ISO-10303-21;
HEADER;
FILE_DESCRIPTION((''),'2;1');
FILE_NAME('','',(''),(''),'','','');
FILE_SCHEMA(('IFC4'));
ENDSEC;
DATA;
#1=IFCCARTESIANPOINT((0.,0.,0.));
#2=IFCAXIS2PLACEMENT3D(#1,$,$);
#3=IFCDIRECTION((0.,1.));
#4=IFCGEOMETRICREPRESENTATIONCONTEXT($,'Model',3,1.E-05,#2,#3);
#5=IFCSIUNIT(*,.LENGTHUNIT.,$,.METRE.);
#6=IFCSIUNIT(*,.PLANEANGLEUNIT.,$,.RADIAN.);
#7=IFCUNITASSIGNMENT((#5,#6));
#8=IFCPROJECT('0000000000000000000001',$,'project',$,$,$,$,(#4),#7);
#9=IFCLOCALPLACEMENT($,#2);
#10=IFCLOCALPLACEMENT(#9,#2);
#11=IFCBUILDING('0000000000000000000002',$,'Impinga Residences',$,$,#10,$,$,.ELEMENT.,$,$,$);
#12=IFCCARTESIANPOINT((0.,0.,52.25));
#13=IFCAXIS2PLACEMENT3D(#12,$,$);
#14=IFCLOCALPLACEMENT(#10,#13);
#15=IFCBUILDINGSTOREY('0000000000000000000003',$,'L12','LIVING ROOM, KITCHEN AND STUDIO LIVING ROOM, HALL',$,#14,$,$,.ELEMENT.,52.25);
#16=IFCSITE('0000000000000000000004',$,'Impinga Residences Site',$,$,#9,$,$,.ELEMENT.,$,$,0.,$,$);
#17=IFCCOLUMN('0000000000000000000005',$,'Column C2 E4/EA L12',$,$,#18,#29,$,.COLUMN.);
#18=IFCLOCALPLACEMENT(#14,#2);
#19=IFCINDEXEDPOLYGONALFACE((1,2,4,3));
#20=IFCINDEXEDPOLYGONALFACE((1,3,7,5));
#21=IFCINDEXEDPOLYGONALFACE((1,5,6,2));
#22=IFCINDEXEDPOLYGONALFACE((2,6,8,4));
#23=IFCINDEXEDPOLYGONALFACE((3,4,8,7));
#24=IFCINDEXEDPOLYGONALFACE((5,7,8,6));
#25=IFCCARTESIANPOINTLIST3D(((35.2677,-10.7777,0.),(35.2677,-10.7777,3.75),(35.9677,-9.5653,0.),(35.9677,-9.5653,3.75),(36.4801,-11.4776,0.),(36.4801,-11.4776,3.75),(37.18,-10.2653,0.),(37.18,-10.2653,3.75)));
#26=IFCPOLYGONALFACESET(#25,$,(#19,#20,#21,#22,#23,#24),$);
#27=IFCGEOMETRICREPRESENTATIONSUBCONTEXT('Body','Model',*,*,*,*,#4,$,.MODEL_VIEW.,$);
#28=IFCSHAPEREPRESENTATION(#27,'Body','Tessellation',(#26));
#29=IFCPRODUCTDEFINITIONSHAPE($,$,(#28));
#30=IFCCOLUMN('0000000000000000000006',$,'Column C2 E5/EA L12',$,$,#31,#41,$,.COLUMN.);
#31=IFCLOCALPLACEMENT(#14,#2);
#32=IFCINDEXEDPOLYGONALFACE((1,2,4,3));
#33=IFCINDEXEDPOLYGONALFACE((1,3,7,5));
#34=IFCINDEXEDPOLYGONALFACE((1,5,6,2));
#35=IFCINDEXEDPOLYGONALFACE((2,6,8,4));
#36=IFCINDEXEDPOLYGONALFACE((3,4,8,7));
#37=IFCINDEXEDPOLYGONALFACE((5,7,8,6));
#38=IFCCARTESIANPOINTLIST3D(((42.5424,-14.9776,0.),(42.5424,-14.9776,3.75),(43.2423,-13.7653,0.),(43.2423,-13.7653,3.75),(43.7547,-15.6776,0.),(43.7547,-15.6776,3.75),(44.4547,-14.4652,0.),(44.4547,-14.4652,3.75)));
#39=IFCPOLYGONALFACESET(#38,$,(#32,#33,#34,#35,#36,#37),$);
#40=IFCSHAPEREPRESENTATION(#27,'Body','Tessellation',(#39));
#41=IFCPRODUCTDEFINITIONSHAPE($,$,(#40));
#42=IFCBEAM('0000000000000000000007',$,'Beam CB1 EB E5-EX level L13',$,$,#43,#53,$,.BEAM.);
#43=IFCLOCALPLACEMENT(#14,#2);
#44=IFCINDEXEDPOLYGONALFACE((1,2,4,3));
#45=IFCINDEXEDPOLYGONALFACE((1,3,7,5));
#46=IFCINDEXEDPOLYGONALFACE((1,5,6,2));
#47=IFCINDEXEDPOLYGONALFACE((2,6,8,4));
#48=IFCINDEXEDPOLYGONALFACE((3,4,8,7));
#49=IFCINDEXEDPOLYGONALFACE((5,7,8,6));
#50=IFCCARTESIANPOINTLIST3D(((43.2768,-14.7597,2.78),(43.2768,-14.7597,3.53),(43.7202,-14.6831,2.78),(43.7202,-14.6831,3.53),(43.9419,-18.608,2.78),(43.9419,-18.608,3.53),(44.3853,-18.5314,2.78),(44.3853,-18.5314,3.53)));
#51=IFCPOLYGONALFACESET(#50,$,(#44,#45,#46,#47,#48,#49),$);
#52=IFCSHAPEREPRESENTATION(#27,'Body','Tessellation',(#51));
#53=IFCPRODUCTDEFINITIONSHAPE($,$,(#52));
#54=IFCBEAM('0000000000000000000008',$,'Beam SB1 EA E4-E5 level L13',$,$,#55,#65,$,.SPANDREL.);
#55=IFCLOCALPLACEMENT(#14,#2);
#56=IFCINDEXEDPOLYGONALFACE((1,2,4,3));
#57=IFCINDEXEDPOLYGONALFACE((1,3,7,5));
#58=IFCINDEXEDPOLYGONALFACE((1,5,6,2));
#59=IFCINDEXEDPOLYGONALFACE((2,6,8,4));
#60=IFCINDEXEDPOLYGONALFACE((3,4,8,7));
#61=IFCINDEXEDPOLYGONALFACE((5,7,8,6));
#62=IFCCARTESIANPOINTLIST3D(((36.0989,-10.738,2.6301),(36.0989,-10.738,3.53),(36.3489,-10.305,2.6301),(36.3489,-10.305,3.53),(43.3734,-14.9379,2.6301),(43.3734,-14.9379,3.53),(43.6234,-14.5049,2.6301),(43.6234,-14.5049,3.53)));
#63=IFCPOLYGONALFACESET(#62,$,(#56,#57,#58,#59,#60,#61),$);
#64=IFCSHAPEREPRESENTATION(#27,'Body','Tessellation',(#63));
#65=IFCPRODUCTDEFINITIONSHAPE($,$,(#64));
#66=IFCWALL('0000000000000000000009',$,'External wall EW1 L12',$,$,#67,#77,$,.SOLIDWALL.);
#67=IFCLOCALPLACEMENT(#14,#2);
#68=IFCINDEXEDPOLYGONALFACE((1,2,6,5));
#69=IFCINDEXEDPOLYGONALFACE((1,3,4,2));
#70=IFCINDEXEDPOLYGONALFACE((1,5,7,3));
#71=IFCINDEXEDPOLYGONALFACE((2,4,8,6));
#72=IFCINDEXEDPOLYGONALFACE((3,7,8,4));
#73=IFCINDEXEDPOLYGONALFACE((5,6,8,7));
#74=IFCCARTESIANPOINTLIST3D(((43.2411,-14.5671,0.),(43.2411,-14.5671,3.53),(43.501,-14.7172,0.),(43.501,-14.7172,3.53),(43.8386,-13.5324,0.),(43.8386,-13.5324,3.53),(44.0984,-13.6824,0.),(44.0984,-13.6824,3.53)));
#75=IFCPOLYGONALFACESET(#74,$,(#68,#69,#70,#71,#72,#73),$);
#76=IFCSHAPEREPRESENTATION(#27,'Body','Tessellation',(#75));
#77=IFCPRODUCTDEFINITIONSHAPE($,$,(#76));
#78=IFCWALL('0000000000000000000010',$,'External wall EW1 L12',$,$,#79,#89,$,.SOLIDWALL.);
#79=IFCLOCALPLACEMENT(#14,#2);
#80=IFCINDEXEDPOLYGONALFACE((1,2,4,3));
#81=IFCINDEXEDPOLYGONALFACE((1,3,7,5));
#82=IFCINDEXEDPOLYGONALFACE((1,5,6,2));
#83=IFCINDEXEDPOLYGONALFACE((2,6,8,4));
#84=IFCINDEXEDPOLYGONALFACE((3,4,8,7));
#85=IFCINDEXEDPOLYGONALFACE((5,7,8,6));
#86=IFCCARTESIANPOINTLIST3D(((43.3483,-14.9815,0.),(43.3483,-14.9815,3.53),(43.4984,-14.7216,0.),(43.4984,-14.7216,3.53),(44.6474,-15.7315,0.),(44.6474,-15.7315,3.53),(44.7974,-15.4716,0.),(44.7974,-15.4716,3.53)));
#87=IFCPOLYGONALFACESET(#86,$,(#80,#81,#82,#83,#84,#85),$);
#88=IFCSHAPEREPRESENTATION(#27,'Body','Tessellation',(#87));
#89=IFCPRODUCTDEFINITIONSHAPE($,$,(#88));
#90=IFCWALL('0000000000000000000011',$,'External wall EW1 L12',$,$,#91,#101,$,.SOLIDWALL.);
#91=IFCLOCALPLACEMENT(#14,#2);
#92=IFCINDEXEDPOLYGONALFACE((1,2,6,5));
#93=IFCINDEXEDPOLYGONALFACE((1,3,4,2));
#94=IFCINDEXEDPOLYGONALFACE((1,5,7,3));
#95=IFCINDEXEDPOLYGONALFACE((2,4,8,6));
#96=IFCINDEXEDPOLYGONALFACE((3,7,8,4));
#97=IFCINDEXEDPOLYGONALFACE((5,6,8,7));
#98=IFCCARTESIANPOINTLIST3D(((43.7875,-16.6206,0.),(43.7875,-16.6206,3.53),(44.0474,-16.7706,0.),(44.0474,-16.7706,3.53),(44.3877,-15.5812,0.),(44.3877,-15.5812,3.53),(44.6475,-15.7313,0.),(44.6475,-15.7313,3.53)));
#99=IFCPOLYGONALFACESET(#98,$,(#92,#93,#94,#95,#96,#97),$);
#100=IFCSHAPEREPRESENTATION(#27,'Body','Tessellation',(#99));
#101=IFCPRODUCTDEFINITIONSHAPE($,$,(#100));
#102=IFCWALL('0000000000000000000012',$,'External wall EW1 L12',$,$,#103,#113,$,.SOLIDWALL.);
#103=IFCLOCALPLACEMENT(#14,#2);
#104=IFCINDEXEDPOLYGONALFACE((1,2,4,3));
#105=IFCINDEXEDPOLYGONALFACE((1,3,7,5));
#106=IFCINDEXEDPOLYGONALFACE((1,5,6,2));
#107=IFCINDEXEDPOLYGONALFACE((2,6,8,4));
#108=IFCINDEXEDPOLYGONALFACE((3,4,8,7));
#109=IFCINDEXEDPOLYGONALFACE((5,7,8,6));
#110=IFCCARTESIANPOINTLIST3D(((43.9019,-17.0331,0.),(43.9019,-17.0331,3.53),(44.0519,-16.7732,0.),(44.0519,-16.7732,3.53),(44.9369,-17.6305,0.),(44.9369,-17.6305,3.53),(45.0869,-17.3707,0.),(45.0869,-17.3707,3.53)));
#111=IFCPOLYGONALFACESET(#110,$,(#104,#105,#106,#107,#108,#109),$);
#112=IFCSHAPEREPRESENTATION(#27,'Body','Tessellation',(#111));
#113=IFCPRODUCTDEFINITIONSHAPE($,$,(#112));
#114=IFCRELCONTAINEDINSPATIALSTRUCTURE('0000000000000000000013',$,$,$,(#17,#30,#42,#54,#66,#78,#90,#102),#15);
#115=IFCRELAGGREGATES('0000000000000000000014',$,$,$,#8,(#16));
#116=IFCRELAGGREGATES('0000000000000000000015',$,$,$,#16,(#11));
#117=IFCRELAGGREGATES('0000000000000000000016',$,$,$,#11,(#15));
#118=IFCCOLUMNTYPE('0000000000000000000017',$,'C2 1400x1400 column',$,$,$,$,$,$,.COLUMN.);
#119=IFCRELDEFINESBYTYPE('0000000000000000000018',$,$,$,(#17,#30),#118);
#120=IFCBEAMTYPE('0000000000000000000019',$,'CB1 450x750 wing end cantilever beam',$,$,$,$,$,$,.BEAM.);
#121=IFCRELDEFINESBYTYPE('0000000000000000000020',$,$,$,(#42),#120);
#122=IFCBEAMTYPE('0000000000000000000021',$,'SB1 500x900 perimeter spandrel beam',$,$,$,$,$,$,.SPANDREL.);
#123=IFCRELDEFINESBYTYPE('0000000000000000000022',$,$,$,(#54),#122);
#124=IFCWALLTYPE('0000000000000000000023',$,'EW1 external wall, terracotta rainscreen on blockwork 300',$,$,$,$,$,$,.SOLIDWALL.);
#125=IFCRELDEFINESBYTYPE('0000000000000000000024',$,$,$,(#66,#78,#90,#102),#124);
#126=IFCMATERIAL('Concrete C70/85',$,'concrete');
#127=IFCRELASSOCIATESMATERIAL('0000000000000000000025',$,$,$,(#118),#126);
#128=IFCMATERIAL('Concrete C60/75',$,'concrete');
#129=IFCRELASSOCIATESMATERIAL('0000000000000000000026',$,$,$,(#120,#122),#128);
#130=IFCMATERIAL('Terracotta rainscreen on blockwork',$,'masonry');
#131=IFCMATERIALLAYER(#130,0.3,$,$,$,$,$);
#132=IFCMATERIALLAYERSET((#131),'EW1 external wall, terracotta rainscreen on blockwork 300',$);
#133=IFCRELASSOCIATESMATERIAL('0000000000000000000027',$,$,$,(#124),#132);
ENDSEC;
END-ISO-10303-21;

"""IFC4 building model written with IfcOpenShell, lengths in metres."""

from ifc_helpers import new_model, si_unit, direction, frame, frame_2d, origin, origin_2d, place, context, subcontext, project, spatial, rectangle, extrude, material, layer, layer_set, material_profile, profile_set, type_object, element, save


model = new_model("IFC4")

# Units and contexts
model_context = context("Model", 3, precision=1e-05, world=origin(), true_north=direction((0.0, 1.0)))
body_context = subcontext(model_context, "Body", "Model", "MODEL_VIEW")
ifc_project = project(units=[si_unit("LENGTHUNIT", "METRE"), si_unit("PLANEANGLEUNIT", "RADIAN")], contexts=[model_context])

# Site, building, storey
site_placement = place(None, origin())
site = spatial("IfcSite", under=ifc_project, at=site_placement, Name="Impinga Residences Site", CompositionType="ELEMENT", RefElevation=0.0)
building_placement = place(site_placement, origin())
building = spatial("IfcBuilding", under=site, at=building_placement, Name="Impinga Residences", CompositionType="ELEMENT")
storey_placement = place(building_placement, frame((0.0, 0.0, 52.25)))
storey = spatial("IfcBuildingStorey", under=building, at=storey_placement, Name="L12", Description="LIVING ROOM, KITCHEN AND STUDIO LIVING ROOM, HALL", CompositionType="ELEMENT", Elevation=52.25)

# Columns
ifc_material_1 = material(Name="Concrete C70/85", Category="concrete")
ifc_material_profile_1 = material_profile(ifc_material_1, rectangle(XDim=1.3999, YDim=1.3999, at=origin_2d()), Name="RC 1400x1400")
ifc_profile_set_1 = profile_set([ifc_material_profile_1], Name="Concrete C70/85")
column_type = type_object("IfcColumnType", Name="C2 1400x1400 column", PredefinedType="COLUMN", material=ifc_profile_set_1)
for number, where, z_axis, x_axis, name in (
    (1, (36.2239, -10.5215, 0.0), (0.0, 0.0, 1.0), (-0.5, -0.866025, 0.0), "Column C2 E4/EA L12"),
    (2, (43.4985, -14.7214, 0.0), (0.0, 0.0, 1.0), (-0.5, -0.866025, 0.0), "Column C2 E5/EA L12"),
):
    element("IfcColumn", number, at=place(storey_placement, frame(where, z_axis=z_axis, x_axis=x_axis)), inside=storey, type_object=column_type, Name=name, PredefinedType="COLUMN", context=body_context, shape_type="SweptSolid", body=[
        extrude(rectangle(XDim=1.3999, YDim=1.3999, at=origin_2d()), origin(), (0.0, 0.0, 1.0), 3.75),
    ])

# Beams
ifc_material_2 = material(Name="Concrete C60/75", Category="concrete")
ifc_material_profile_2 = material_profile(ifc_material_2, rectangle(XDim=0.45, YDim=0.75, at=origin_2d()), Name="RC 450x750")
ifc_profile_set_2 = profile_set([ifc_material_profile_2], Name="Concrete C60/75")
beam_type_1 = type_object("IfcBeamType", Name="CB1 450x750 wing end cantilever beam", PredefinedType="BEAM", material=ifc_profile_set_2)
beam_1_placement = place(storey_placement, frame((43.4985, -14.7214, 3.155), z_axis=(0.170296, -0.985393, 0.0), x_axis=(0.985393, 0.170296, 0.0)))
element("IfcBeam", 3, at=beam_1_placement, inside=storey, type_object=beam_type_1, Name="Beam CB1 EB E5-EX level L13", PredefinedType="BEAM", context=body_context, shape_type="SweptSolid", body=[
    extrude(rectangle(XDim=0.45, YDim=0.75, at=origin_2d()), origin(), (0.0, 0.0, 1.0), 3.9053),
])
ifc_material_profile_3 = material_profile(ifc_material_2, rectangle(XDim=0.5, YDim=0.8999, at=origin_2d()), Name="RC 500x900")
ifc_profile_set_3 = profile_set([ifc_material_profile_3], Name="Concrete C60/75")
beam_type_2 = type_object("IfcBeamType", Name="SB1 500x900 perimeter spandrel beam", PredefinedType="SPANDREL", material=ifc_profile_set_3)
beam_2_placement = place(storey_placement, frame((36.2239, -10.5215, 3.0801), z_axis=(0.866029, -0.499993, 0.0), x_axis=(0.499993, 0.866029, 0.0)))
element("IfcBeam", 4, at=beam_2_placement, inside=storey, type_object=beam_type_2, Name="Beam SB1 EA E4-E5 level L13", PredefinedType="SPANDREL", context=body_context, shape_type="SweptSolid", body=[
    extrude(rectangle(XDim=0.5, YDim=0.8999, at=origin_2d()), origin(), (0.0, 0.0, 1.0), 8.3999),
])

# Walls
ifc_material_3 = material(Name="Terracotta rainscreen on blockwork", Category="masonry")
ifc_layer_1 = layer(ifc_material_3, 0.3)
ifc_layer_set_1 = layer_set([ifc_layer_1], Name="EW1 external wall, terracotta rainscreen on blockwork 300")
wall_type_1 = type_object("IfcWallType", Name="EW1 external wall, terracotta rainscreen on blockwork 300", PredefinedType="SOLIDWALL", material=ifc_layer_set_1)
wall_1_placement = place(storey_placement, frame((43.9685, -13.6074, 0.0), z_axis=(0.0, 0.0, 1.0), x_axis=(-0.500029, -0.866009, 0.0)))
element("IfcWall", 5, at=wall_1_placement, inside=storey, type_object=wall_type_1, Name="External wall EW1 L12", PredefinedType="SOLIDWALL", context=body_context, shape_type="SweptSolid", body=[
    extrude(rectangle(XDim=1.1948, YDim=0.3, at=frame_2d((0.5974, 0.0))), origin(), (0.0, 0.0, 1.0), 3.53),
])
wall_2_placement = place(storey_placement, frame((43.4233, -14.8516, 0.0), z_axis=(0.0, 0.0, 1.0), x_axis=(0.866031, -0.49999, 0.0)))
element("IfcWall", 6, at=wall_2_placement, inside=storey, type_object=wall_type_1, Name="External wall EW1 L12", PredefinedType="SOLIDWALL", context=body_context, shape_type="SweptSolid", body=[
    extrude(rectangle(XDim=1.5, YDim=0.3, at=frame_2d((0.75, 0.0))), origin(), (0.0, 0.0, 1.0), 3.53),
])
wall_3_placement = place(storey_placement, frame((44.5176, -15.6562, 0.0), z_axis=(0.0, 0.0, 1.0), x_axis=(-0.500034, -0.866006, 0.0)))
element("IfcWall", 7, at=wall_3_placement, inside=storey, type_object=wall_type_1, Name="External wall EW1 L12", PredefinedType="SOLIDWALL", context=body_context, shape_type="SweptSolid", body=[
    extrude(rectangle(XDim=1.2002, YDim=0.3, at=frame_2d((0.6001, 0.0))), origin(), (0.0, 0.0, 1.0), 3.53),
])
wall_4_placement = place(storey_placement, frame((43.9768, -16.9031, 0.0), z_axis=(0.0, 0.0, 1.0), x_axis=(0.86606, -0.499941, 0.0)))
element("IfcWall", 8, at=wall_4_placement, inside=storey, type_object=wall_type_1, Name="External wall EW1 L12", PredefinedType="SOLIDWALL", context=body_context, shape_type="SweptSolid", body=[
    extrude(rectangle(XDim=1.1951, YDim=0.3, at=frame_2d((0.5977, 0.0))), origin(), (0.0, 0.0, 1.0), 3.53),
])

save(model, "model.ifc")
